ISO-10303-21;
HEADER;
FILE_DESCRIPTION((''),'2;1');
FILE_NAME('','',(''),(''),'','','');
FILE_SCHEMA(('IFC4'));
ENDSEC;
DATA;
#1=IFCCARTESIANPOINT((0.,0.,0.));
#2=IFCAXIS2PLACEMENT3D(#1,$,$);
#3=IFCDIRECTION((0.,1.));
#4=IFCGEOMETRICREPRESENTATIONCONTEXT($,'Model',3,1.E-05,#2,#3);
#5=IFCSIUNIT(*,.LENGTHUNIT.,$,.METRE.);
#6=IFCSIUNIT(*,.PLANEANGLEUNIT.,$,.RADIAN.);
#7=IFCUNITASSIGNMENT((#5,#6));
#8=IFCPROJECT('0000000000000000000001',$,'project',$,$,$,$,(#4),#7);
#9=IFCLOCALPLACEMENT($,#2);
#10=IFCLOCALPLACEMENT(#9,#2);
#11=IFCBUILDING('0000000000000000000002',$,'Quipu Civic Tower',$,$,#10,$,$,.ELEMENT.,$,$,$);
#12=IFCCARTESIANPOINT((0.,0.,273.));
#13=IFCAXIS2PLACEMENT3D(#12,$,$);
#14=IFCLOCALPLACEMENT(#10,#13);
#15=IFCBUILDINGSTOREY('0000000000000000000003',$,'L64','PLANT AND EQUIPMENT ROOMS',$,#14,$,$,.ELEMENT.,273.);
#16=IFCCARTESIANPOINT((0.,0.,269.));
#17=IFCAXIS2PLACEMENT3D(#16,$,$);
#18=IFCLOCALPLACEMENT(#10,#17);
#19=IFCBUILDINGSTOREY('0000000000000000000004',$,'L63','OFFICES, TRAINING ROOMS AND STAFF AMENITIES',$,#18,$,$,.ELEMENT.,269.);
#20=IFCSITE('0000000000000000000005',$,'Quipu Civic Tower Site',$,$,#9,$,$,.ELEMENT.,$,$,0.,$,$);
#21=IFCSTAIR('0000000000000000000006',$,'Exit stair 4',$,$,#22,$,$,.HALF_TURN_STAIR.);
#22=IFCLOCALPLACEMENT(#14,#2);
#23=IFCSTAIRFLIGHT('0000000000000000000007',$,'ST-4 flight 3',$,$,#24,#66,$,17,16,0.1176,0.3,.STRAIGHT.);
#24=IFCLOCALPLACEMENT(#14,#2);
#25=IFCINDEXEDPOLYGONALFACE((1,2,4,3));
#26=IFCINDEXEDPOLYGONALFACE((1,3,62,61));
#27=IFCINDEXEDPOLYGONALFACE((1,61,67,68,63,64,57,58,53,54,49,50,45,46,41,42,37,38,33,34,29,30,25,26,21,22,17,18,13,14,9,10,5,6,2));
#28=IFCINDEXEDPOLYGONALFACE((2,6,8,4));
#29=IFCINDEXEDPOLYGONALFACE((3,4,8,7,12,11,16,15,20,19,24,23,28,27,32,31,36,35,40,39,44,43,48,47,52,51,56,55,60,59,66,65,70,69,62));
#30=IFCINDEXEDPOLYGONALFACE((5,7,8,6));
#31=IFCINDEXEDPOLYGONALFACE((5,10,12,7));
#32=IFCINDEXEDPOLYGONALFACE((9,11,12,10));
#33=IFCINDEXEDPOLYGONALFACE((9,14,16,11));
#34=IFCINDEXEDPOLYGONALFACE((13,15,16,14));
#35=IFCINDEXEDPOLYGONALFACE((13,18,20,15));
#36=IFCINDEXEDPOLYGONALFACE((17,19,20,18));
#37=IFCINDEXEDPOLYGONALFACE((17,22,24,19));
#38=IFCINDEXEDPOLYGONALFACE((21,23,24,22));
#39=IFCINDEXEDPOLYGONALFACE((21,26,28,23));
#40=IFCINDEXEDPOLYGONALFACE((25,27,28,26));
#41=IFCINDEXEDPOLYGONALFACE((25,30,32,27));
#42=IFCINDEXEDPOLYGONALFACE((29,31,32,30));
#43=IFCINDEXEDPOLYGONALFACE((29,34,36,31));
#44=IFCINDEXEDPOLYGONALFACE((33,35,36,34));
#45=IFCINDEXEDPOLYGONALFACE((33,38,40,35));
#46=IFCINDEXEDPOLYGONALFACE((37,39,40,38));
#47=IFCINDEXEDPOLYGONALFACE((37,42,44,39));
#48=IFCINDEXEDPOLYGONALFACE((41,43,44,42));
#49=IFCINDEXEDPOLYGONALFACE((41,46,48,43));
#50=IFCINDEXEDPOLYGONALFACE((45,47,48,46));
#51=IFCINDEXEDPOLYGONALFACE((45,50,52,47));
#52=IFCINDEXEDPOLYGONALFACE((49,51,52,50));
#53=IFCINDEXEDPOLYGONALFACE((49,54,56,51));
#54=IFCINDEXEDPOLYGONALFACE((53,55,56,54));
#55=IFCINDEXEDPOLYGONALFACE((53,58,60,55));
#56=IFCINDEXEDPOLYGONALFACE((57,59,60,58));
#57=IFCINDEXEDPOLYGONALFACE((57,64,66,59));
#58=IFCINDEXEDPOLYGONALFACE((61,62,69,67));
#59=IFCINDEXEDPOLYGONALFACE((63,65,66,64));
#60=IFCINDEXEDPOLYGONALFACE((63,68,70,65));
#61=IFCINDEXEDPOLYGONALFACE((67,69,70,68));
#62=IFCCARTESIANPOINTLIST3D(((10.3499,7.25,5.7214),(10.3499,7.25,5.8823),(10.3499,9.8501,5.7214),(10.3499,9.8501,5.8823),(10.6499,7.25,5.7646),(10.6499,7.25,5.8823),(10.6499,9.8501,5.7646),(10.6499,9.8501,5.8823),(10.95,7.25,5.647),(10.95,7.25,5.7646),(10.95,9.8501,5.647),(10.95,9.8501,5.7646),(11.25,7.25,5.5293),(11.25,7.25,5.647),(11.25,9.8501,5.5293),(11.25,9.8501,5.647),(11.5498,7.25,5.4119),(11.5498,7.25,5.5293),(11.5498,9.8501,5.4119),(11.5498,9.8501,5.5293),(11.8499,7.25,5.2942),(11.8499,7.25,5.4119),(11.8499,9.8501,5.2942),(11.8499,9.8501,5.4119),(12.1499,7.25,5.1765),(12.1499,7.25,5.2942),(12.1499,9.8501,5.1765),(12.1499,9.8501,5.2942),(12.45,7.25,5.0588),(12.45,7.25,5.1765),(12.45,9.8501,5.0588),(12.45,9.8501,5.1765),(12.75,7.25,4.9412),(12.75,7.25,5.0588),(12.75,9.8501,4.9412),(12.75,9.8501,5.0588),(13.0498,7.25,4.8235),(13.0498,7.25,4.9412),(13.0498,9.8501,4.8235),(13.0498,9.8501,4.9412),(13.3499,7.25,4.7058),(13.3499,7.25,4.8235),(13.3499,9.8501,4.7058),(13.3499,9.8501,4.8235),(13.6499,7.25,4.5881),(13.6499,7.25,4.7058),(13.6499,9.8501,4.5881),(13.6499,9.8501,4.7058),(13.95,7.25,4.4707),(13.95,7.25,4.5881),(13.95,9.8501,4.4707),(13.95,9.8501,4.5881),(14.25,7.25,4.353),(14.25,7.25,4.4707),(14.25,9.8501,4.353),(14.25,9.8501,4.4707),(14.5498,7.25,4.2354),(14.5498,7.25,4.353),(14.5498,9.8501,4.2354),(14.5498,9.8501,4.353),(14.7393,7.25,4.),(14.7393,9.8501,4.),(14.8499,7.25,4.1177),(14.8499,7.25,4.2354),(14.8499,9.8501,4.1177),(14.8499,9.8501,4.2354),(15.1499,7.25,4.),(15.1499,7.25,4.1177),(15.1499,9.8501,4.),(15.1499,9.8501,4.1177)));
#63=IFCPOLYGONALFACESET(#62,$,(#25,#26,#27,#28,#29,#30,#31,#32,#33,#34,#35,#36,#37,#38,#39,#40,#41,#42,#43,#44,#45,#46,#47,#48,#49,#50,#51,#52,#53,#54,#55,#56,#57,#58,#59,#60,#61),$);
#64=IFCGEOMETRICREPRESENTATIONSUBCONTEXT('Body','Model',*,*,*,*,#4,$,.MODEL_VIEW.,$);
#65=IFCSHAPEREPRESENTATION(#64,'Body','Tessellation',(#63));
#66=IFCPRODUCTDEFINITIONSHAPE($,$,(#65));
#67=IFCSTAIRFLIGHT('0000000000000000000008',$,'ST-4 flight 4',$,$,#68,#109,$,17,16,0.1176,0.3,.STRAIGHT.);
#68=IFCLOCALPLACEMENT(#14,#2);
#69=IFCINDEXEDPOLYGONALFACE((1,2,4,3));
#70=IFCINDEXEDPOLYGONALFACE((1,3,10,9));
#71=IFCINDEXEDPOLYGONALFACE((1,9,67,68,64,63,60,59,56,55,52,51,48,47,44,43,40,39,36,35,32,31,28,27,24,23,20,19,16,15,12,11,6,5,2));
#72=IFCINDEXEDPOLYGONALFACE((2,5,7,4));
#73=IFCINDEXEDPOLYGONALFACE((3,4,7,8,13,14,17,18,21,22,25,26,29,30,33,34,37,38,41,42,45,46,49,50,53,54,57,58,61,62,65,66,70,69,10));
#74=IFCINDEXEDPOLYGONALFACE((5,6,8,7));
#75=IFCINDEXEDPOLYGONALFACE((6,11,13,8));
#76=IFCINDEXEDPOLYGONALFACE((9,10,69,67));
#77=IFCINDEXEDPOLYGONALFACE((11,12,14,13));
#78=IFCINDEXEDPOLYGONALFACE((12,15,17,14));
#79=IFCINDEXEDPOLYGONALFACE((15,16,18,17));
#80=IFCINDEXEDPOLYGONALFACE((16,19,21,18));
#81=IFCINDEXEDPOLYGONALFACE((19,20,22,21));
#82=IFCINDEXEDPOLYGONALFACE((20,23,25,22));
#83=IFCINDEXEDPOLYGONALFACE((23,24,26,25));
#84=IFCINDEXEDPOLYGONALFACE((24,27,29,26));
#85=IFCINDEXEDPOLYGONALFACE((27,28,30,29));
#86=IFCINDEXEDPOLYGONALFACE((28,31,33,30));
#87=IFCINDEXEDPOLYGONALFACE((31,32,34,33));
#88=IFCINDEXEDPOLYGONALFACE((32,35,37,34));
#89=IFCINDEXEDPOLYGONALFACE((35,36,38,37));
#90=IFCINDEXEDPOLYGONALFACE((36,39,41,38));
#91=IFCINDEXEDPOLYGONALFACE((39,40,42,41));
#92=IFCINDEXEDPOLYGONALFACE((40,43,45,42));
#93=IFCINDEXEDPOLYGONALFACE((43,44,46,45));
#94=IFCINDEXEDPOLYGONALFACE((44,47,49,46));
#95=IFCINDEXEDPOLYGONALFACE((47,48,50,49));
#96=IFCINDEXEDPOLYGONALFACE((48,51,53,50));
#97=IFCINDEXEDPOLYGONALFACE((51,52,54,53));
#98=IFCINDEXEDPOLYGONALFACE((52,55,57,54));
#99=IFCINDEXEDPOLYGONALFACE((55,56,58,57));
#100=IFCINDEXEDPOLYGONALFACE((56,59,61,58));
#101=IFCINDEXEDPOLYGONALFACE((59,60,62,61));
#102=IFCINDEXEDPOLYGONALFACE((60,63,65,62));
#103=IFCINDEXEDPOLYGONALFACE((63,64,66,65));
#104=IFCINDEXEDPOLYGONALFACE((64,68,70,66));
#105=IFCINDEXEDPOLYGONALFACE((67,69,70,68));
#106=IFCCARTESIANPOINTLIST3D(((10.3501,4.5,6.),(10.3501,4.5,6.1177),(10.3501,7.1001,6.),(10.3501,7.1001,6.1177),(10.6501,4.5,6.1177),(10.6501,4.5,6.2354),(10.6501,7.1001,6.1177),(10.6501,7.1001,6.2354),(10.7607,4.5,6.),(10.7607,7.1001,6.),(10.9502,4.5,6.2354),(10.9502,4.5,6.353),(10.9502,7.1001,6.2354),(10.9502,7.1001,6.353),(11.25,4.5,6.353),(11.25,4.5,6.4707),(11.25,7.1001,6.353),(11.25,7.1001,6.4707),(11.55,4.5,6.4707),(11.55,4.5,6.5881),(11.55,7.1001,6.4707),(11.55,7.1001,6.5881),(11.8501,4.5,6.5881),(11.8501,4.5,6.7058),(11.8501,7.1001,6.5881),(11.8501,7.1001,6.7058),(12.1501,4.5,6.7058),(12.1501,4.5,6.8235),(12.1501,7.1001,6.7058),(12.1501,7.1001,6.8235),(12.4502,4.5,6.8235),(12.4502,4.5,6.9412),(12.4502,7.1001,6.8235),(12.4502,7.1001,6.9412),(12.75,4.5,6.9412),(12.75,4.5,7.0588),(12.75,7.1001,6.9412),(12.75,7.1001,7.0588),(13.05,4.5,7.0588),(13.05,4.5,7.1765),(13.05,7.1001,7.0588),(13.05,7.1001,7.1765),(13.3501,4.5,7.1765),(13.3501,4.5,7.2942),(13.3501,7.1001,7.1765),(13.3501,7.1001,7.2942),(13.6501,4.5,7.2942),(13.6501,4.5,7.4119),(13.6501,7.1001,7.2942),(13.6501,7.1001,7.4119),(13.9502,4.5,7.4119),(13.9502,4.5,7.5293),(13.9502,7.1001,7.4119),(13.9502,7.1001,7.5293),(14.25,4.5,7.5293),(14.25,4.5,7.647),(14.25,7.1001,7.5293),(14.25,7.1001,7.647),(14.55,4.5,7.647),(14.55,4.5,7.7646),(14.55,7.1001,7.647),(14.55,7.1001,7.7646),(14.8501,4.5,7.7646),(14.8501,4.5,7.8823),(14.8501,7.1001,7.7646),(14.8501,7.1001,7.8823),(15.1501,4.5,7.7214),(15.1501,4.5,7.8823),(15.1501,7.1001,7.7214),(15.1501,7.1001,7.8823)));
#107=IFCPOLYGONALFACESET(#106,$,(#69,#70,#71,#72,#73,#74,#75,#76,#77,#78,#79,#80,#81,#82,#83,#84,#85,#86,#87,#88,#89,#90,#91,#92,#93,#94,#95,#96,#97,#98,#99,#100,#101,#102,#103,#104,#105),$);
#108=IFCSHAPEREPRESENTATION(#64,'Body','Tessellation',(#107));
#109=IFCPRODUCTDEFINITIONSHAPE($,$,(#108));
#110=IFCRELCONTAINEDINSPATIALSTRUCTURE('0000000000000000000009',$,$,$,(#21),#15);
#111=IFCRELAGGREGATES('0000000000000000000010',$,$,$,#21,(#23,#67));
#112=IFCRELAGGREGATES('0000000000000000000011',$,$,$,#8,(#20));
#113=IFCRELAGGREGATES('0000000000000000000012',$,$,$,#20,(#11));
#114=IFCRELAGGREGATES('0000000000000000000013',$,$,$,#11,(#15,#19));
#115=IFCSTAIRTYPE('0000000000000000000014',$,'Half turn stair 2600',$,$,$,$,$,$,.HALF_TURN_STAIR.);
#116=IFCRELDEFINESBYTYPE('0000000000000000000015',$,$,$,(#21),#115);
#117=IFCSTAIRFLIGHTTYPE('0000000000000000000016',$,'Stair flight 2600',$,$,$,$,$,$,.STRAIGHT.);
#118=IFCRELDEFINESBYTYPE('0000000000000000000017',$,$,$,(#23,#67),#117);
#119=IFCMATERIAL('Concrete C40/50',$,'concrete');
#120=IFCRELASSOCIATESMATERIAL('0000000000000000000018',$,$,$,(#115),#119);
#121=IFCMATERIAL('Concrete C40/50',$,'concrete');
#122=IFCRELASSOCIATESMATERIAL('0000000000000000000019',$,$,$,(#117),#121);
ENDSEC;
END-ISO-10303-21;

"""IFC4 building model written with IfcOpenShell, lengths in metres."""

from ifc_helpers import new_model, si_unit, direction, frame, origin, place, context, subcontext, project, spatial, polyline, outline, extrude, material, type_object, element, aggregate, save


model = new_model("IFC4")

# Units and contexts
model_context = context("Model", 3, precision=1e-05, world=origin(), true_north=direction((0.0, 1.0)))
body_context = subcontext(model_context, "Body", "Model", "MODEL_VIEW")
ifc_project = project(units=[si_unit("LENGTHUNIT", "METRE"), si_unit("PLANEANGLEUNIT", "RADIAN")], contexts=[model_context])

# Site, building, storey
site_placement = place(None, origin())
site = spatial("IfcSite", under=ifc_project, at=site_placement, Name="Quipu Civic Tower Site", CompositionType="ELEMENT", RefElevation=0.0)
building_placement = place(site_placement, origin())
building = spatial("IfcBuilding", under=site, at=building_placement, Name="Quipu Civic Tower", CompositionType="ELEMENT")
storey_1_placement = place(building_placement, frame((0.0, 0.0, 273.0)))
storey_1 = spatial("IfcBuildingStorey", under=building, at=storey_1_placement, Name="L64", Description="PLANT AND EQUIPMENT ROOMS", CompositionType="ELEMENT", Elevation=273.0)

# Shared definitions
storey_2_placement = place(building_placement, frame((0.0, 0.0, 269.0)))
storey_2 = spatial("IfcBuildingStorey", under=building, at=storey_2_placement, Name="L63", Description="OFFICES, TRAINING ROOMS AND STAFF AMENITIES", CompositionType="ELEMENT", Elevation=269.0)

# Stair, stair flights
ifc_material_1 = material(Name="Concrete C40/50", Category="concrete")
stair_type = type_object("IfcStairType", Name="Half turn stair 2600", PredefinedType="HALF_TURN_STAIR", material=ifc_material_1)
stair_placement = place(storey_1_placement, origin())
stair = element("IfcStair", 1, at=stair_placement, inside=storey_1, type_object=stair_type, Name="Exit stair 4", PredefinedType="HALF_TURN_STAIR")
ifc_material_2 = material(Name="Concrete C40/50", Category="concrete")
stair_flight_type = type_object("IfcStairFlightType", Name="Stair flight 2600", PredefinedType="STRAIGHT", material=ifc_material_2)
stair_flight_1_placement = place(storey_1_placement, frame((15.1499, 8.55, 4.0), z_axis=(0.0, 0.0, 1.0), x_axis=(-1.0, 0.0, 0.0)))
stair_flight_1 = element("IfcStairFlight", 2, at=stair_flight_1_placement, type_object=stair_flight_type, Name="ST-4 flight 3", NumberOfRisers=17, NumberOfTreads=16, PredefinedType="STRAIGHT", RiserHeight=0.1176, TreadLength=0.3, context=body_context, shape_type="SweptSolid", body=[
    extrude(outline(polyline([(0.0, 0.0), (0.0, 0.1177), (0.3, 0.1177), (0.3, 0.2354), (0.6001, 0.2354), (0.6001, 0.353), (0.8999, 0.353), (0.8999, 0.4707), (1.2, 0.4707), (1.2, 0.5881), (1.5, 0.5881), (1.5, 0.7058), (1.8, 0.7058), (1.8, 0.8235), (2.1001, 0.8235), (2.1001, 0.9412), (2.3999, 0.9412), (2.3999, 1.0588), (2.7, 1.0588), (2.7, 1.1765), (3.0, 1.1765), (3.0, 1.2942), (3.3, 1.2942), (3.3, 1.4119), (3.6001, 1.4119), (3.6001, 1.5293), (3.8999, 1.5293), (3.8999, 1.647), (4.2, 1.647), (4.2, 1.7646), (4.5, 1.7646), (4.5, 1.8823), (4.8, 1.8823), (4.8, 2.0), (4.8, 1.7214), (0.4106, 0.0), (0.0, 0.0)])), frame((0.0, 1.3, 0.0), z_axis=(0.0, -1.0, 0.0), x_axis=(1.0, 0.0, 0.0)), (0.0, 0.0, 1.0), 2.6001),
])
stair_flight_2_placement = place(storey_1_placement, frame((10.3501, 5.8, 6.0), z_axis=(0.0, 0.0, 1.0), x_axis=(1.0, 0.0, 0.0)))
stair_flight_2 = element("IfcStairFlight", 3, at=stair_flight_2_placement, type_object=stair_flight_type, Name="ST-4 flight 4", NumberOfRisers=17, NumberOfTreads=16, PredefinedType="STRAIGHT", RiserHeight=0.1176, TreadLength=0.3, context=body_context, shape_type="SweptSolid", body=[
    extrude(outline(polyline([(0.0, 0.0), (0.0, 0.1177), (0.3, 0.1177), (0.3, 0.2354), (0.6001, 0.2354), (0.6001, 0.353), (0.8999, 0.353), (0.8999, 0.4707), (1.2, 0.4707), (1.2, 0.5881), (1.5, 0.5881), (1.5, 0.7058), (1.8, 0.7058), (1.8, 0.8235), (2.1001, 0.8235), (2.1001, 0.9412), (2.3999, 0.9412), (2.3999, 1.0588), (2.7, 1.0588), (2.7, 1.1765), (3.0, 1.1765), (3.0, 1.2942), (3.3, 1.2942), (3.3, 1.4119), (3.6001, 1.4119), (3.6001, 1.5293), (3.8999, 1.5293), (3.8999, 1.647), (4.2, 1.647), (4.2, 1.7646), (4.5, 1.7646), (4.5, 1.8823), (4.8, 1.8823), (4.8, 2.0), (4.8, 1.7214), (0.4106, 0.0), (0.0, 0.0)])), frame((0.0, 1.3, 0.0), z_axis=(0.0, -1.0, 0.0), x_axis=(1.0, 0.0, 0.0)), (0.0, 0.0, 1.0), 2.6001),
])
aggregate(stair, [stair_flight_1, stair_flight_2])

save(model, "model.ifc")
